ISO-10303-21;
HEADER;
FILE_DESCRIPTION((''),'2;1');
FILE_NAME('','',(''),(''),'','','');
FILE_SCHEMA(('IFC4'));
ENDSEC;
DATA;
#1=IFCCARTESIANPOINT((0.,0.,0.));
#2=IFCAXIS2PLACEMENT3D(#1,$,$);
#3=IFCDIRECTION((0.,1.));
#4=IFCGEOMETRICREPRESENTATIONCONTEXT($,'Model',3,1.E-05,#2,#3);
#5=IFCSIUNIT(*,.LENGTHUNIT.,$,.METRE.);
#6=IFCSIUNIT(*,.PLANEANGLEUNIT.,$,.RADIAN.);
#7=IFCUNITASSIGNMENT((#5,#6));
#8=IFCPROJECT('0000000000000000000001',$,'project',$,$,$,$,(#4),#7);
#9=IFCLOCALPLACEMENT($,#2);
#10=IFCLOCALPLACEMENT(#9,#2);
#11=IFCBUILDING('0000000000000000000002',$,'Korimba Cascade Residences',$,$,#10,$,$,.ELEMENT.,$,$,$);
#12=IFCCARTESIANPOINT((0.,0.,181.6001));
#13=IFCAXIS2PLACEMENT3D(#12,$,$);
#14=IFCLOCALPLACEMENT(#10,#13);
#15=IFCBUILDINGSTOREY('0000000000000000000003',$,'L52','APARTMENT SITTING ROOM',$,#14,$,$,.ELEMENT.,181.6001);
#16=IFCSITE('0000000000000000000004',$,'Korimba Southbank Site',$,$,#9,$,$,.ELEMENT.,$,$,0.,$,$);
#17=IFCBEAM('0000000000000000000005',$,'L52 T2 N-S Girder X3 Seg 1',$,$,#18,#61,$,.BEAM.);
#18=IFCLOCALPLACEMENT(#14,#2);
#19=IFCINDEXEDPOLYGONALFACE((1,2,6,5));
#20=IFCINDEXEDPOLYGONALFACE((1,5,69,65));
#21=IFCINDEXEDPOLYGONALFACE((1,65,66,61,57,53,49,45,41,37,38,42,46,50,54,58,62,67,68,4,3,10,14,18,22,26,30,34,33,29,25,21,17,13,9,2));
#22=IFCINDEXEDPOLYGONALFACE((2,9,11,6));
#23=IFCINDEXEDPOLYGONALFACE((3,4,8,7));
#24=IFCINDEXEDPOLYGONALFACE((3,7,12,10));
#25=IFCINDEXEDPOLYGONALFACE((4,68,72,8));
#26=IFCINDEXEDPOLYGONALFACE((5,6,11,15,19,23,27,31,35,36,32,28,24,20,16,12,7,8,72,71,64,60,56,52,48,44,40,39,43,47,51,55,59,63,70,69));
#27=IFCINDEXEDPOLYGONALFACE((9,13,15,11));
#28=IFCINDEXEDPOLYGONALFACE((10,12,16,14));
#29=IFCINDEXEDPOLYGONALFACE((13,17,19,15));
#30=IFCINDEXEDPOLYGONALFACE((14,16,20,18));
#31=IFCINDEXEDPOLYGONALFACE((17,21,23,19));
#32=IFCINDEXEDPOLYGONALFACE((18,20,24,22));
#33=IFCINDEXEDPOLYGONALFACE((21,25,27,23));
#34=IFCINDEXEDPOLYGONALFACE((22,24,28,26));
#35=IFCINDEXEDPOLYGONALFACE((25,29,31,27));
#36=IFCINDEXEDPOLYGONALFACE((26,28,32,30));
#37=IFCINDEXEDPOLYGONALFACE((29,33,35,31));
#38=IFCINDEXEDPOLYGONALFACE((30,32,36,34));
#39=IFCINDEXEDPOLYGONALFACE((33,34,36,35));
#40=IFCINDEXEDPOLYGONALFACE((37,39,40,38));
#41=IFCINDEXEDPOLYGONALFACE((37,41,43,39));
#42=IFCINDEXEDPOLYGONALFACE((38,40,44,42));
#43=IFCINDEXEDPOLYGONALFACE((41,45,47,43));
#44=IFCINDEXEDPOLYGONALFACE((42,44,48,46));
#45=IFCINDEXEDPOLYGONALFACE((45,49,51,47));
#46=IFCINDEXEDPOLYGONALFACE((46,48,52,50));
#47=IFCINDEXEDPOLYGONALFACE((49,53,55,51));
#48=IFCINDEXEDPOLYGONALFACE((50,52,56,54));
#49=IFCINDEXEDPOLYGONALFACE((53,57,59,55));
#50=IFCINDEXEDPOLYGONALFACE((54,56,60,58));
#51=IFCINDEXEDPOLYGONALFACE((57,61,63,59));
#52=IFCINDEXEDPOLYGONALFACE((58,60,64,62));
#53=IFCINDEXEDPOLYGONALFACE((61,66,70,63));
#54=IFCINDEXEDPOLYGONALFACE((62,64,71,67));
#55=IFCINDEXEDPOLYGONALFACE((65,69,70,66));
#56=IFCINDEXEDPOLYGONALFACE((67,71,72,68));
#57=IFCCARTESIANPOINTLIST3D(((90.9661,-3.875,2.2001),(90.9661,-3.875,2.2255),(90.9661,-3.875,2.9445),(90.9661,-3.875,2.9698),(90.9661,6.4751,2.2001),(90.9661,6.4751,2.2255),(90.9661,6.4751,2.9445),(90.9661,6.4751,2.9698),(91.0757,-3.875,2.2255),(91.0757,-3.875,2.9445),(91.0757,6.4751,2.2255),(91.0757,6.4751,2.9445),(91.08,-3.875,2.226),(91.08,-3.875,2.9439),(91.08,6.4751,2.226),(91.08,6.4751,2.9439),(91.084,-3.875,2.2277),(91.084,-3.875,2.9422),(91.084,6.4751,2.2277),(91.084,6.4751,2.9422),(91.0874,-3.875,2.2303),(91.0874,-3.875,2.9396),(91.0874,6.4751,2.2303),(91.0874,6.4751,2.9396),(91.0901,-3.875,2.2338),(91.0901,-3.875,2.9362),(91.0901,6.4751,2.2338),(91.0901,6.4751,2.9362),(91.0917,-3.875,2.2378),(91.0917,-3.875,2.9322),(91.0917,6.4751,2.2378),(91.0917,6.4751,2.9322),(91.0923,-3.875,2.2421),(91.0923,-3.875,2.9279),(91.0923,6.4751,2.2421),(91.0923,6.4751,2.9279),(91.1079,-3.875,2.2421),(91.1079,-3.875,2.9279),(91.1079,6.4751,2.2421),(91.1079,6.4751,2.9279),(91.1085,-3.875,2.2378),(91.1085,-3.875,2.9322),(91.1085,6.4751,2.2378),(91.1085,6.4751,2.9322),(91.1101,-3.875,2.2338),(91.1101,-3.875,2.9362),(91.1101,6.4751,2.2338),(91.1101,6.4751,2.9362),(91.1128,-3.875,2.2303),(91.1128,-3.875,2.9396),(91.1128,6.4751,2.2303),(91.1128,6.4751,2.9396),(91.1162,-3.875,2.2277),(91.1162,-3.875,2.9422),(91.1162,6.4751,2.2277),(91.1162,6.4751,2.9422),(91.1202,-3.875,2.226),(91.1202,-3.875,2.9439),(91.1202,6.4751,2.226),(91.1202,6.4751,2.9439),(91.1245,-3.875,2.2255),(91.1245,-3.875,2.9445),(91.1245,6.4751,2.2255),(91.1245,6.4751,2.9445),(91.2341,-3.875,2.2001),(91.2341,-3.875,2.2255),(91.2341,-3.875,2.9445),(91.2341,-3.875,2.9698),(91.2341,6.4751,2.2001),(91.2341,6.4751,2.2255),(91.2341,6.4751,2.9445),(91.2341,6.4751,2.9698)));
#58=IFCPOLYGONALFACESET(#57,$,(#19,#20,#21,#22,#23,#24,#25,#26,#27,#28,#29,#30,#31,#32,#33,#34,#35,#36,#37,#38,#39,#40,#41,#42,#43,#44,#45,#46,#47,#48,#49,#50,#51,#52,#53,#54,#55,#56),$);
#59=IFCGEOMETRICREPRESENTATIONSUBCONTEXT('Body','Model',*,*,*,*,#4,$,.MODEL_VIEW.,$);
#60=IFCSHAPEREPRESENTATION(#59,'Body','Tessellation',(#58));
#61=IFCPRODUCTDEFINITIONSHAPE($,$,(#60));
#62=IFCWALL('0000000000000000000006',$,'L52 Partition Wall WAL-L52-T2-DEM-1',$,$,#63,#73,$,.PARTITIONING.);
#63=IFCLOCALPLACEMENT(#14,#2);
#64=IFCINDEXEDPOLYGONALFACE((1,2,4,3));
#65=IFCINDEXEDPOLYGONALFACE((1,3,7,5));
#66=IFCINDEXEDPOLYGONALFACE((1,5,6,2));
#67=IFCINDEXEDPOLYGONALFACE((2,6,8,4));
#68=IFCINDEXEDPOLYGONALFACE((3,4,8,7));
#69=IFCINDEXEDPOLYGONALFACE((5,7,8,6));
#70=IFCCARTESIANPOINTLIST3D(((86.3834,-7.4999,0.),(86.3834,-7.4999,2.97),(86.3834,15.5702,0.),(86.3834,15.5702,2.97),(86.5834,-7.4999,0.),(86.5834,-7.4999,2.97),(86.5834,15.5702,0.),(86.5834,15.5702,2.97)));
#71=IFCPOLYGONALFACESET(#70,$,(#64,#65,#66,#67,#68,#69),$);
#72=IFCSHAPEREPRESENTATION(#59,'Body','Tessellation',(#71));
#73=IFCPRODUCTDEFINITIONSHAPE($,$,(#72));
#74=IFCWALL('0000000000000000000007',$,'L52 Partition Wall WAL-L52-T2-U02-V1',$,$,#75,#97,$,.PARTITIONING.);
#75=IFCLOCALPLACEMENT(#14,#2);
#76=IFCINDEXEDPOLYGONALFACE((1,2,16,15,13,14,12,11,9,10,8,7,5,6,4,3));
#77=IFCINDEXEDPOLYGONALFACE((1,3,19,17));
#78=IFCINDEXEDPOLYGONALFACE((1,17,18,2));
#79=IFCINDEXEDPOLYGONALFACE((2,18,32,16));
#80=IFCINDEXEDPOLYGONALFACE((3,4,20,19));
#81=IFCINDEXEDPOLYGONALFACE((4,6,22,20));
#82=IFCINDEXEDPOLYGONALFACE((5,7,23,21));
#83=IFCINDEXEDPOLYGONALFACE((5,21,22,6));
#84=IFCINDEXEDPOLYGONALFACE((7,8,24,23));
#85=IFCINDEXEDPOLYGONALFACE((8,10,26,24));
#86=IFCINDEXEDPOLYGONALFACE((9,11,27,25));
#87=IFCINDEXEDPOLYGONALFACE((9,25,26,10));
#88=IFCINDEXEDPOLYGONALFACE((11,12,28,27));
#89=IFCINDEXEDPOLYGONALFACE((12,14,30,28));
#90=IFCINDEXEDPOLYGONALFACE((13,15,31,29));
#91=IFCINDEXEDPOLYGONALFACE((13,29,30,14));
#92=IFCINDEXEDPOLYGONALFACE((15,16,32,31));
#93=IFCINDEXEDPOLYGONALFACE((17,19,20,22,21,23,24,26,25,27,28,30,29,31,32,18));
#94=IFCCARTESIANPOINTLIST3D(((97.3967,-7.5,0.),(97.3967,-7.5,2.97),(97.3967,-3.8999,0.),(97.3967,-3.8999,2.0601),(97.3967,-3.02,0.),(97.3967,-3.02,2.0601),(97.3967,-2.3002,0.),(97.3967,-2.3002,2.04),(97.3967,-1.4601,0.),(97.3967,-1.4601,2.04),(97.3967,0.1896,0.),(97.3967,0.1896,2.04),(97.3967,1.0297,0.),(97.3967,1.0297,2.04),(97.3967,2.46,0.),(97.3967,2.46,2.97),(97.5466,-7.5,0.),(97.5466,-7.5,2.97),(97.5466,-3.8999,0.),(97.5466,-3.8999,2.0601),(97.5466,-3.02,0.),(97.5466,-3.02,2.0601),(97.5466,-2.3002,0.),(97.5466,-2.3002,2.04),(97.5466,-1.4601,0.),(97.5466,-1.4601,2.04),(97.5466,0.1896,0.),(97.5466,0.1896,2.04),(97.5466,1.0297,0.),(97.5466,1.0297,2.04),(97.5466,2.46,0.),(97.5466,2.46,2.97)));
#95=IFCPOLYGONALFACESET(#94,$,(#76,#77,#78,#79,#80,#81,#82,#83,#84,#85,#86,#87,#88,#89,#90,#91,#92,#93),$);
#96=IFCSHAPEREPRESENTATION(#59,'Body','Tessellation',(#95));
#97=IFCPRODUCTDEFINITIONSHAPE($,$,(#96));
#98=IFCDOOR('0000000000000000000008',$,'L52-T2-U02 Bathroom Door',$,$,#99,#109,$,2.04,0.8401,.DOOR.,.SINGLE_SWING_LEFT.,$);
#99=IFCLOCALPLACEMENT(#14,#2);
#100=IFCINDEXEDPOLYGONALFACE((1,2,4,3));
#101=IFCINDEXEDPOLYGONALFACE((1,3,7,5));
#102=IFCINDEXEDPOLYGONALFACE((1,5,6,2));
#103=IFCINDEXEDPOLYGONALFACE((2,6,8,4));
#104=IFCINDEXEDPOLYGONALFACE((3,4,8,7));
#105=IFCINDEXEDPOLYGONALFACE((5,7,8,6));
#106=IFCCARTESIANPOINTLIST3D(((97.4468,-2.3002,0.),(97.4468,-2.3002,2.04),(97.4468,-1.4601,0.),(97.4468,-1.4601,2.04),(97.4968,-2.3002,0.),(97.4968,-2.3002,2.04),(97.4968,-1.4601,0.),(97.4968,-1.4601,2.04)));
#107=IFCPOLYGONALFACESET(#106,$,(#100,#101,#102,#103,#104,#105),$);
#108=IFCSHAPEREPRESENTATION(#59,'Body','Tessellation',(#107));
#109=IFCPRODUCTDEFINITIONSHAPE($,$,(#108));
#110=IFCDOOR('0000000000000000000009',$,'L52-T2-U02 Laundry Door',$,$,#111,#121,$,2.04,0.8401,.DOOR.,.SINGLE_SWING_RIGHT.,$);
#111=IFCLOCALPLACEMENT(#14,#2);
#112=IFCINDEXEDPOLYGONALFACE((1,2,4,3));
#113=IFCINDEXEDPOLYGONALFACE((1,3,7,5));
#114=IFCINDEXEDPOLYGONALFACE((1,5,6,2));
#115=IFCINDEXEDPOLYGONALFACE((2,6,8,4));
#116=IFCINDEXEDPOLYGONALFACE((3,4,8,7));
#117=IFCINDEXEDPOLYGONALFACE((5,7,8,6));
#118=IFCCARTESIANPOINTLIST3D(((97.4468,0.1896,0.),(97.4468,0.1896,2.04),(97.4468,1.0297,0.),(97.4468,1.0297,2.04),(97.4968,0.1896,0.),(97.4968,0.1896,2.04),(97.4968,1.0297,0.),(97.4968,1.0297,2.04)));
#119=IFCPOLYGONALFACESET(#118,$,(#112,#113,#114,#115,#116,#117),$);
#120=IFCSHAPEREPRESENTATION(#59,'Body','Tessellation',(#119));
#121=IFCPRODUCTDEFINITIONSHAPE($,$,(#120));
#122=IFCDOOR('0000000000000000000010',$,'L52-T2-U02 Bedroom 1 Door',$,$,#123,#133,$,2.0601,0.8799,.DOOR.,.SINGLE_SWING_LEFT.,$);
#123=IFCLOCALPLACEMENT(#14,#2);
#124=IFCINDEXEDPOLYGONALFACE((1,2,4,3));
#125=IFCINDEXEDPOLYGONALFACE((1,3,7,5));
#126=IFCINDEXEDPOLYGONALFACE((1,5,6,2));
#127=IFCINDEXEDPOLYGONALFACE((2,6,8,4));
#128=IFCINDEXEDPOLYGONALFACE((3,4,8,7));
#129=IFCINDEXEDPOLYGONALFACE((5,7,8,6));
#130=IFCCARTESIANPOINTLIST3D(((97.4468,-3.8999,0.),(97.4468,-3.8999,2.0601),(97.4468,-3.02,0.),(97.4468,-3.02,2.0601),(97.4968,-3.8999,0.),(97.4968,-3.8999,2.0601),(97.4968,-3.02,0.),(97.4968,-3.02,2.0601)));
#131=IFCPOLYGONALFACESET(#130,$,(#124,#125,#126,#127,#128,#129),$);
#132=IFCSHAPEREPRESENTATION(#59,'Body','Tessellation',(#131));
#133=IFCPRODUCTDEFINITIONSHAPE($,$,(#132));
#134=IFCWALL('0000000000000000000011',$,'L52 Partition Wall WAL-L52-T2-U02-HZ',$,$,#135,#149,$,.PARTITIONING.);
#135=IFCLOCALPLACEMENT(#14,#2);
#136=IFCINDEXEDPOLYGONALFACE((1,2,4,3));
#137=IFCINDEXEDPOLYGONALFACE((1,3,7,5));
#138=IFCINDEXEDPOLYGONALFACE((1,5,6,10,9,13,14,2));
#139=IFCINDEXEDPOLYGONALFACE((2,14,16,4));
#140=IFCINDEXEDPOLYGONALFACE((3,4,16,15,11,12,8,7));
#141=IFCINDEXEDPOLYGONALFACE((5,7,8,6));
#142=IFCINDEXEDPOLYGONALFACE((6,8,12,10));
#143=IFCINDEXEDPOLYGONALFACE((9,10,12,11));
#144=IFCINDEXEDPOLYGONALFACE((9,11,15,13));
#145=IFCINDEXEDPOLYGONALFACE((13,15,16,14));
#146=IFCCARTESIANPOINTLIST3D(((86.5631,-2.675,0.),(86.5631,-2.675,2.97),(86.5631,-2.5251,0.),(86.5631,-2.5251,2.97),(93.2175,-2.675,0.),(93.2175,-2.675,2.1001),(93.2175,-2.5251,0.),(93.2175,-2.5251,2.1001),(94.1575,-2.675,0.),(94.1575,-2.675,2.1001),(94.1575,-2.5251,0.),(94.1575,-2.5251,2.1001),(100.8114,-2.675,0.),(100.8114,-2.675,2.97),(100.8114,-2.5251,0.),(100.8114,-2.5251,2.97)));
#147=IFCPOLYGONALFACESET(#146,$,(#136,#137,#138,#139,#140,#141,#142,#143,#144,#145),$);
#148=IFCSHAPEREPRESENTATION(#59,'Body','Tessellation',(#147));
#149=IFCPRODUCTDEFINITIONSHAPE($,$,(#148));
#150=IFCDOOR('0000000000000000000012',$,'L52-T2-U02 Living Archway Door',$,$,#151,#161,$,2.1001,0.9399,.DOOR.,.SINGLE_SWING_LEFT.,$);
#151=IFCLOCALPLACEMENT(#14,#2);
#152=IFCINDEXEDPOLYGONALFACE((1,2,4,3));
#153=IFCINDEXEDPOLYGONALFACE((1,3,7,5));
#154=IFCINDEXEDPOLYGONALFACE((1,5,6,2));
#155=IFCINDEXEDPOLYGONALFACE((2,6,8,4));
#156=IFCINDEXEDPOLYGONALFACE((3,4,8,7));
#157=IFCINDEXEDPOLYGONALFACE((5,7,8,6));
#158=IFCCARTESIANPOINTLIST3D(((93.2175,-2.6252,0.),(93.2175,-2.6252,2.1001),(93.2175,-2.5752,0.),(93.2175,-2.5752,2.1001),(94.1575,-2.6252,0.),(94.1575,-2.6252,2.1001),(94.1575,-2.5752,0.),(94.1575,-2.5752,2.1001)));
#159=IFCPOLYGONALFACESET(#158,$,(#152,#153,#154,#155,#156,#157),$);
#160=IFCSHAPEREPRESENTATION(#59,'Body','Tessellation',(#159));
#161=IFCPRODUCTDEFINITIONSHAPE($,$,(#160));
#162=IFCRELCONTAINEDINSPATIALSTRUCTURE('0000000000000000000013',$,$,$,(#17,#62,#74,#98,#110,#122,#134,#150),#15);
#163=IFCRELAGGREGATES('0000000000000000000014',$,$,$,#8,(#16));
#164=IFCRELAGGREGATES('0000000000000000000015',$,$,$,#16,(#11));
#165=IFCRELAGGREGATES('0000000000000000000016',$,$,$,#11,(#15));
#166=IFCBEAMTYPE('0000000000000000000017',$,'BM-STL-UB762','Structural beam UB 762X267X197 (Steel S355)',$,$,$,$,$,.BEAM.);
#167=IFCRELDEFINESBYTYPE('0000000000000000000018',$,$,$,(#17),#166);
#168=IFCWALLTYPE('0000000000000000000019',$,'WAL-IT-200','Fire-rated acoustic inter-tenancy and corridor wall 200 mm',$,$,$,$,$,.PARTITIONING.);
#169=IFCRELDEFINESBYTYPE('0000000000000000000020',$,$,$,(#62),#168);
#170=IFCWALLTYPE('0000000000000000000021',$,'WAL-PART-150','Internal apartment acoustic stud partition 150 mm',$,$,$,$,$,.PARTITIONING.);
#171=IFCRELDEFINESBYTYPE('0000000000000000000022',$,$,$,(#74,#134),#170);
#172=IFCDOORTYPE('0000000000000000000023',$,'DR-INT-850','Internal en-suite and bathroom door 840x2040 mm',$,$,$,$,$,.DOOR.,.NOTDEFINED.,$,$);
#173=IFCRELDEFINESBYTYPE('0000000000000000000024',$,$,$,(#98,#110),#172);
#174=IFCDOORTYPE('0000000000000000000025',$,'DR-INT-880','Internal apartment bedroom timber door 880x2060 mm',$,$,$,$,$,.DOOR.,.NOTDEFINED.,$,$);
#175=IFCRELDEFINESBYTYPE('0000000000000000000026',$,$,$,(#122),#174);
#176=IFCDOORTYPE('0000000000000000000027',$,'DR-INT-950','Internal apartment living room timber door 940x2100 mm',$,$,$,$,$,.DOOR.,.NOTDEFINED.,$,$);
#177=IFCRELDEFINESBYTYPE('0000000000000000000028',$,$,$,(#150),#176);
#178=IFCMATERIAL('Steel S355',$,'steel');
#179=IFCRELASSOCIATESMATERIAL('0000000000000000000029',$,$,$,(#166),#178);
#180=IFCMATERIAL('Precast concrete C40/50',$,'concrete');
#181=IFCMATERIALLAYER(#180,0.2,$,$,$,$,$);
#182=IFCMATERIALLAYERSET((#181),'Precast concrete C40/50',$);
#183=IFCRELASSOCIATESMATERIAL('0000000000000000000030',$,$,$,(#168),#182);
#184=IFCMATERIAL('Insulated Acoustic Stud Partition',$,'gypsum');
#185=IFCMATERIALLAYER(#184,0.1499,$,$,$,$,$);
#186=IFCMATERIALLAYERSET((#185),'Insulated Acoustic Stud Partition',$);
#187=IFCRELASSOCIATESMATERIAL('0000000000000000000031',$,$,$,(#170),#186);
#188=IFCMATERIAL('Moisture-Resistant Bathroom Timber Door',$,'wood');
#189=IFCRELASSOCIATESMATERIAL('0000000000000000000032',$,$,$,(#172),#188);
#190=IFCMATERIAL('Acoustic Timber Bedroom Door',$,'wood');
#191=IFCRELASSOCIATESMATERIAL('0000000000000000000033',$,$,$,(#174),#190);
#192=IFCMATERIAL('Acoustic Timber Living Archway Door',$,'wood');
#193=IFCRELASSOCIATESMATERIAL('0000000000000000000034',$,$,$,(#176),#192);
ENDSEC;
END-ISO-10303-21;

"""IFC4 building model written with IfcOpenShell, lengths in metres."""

from ifc_helpers import new_model, si_unit, direction, frame, frame_2d, origin, origin_2d, place, context, subcontext, project, spatial, rectangle, i_section, extrude, material, layer, layer_set, material_profile, profile_set, type_object, element, fill, save


model = new_model("IFC4")

# Units and contexts
model_context = context("Model", 3, precision=1e-05, world=origin(), true_north=direction((0.0, 1.0)))
body_context = subcontext(model_context, "Body", "Model", "MODEL_VIEW")
ifc_project = project(units=[si_unit("LENGTHUNIT", "METRE"), si_unit("PLANEANGLEUNIT", "RADIAN")], contexts=[model_context])

# Site, building, storey
site_placement = place(None, origin())
site = spatial("IfcSite", under=ifc_project, at=site_placement, Name="Korimba Southbank Site", CompositionType="ELEMENT", RefElevation=0.0)
building_placement = place(site_placement, origin())
building = spatial("IfcBuilding", under=site, at=building_placement, Name="Korimba Cascade Residences", CompositionType="ELEMENT")
storey_placement = place(building_placement, frame((0.0, 0.0, 181.6001)))
storey = spatial("IfcBuildingStorey", under=building, at=storey_placement, Name="L52", Description="APARTMENT SITTING ROOM", CompositionType="ELEMENT", Elevation=181.6001)

# Beam
ifc_material_1 = material(Name="Steel S355", Category="steel")
ifc_material_profile_1 = material_profile(ifc_material_1, i_section(OverallWidth=0.2681, OverallDepth=0.7698, WebThickness=0.0156, FlangeThickness=0.0254, FilletRadius=0.0166, at=origin_2d()), Name="Steel S355")
ifc_profile_set_1 = profile_set([ifc_material_profile_1], Name="Steel S355")
beam_type_1 = type_object("IfcBeamType", Name="BM-STL-UB762", Description="Structural beam UB 762X267X197 (Steel S355)", PredefinedType="BEAM", material=ifc_profile_set_1)
for number, where, z_axis, x_axis, name in (
    (1, (91.1001, -3.875, 2.585), (0.0, 1.0, 0.0), (-1.0, 0.0, 0.0), "L52 T2 N-S Girder X3 Seg 1"),
):
    element("IfcBeam", number, at=place(storey_placement, frame(where, z_axis=z_axis, x_axis=x_axis)), inside=storey, type_object=beam_type_1, Name=name, PredefinedType="BEAM", context=body_context, shape_type="SweptSolid", body=[
        extrude(i_section(OverallWidth=0.2681, OverallDepth=0.7698, WebThickness=0.0156, FlangeThickness=0.0254, FilletRadius=0.0166, at=origin_2d()), origin(), (0.0, 0.0, 1.0), 10.3501),
    ])

# Wall
ifc_material_2 = material(Name="Precast concrete C40/50", Category="concrete")
ifc_layer_1 = layer(ifc_material_2, 0.2)
ifc_layer_set_1 = layer_set([ifc_layer_1], Name="Precast concrete C40/50")
wall_type_1 = type_object("IfcWallType", Name="WAL-IT-200", Description="Fire-rated acoustic inter-tenancy and corridor wall 200 mm", PredefinedType="PARTITIONING", material=ifc_layer_set_1)
wall_1_placement = place(storey_placement, frame((86.4834, -7.5, 0.0), z_axis=(0.0, 0.0, 1.0), x_axis=(0.0, 1.0, 0.0)))
element("IfcWall", 2, at=wall_1_placement, inside=storey, type_object=wall_type_1, Name="L52 Partition Wall WAL-L52-T2-DEM-1", PredefinedType="PARTITIONING", context=body_context, shape_type="SweptSolid", body=[
    extrude(rectangle(XDim=23.0701, YDim=0.2, at=frame_2d((11.5352, 0.0))), origin(), (0.0, 0.0, 1.0), 2.97),
])

# Wall, openings, doors
ifc_material_3 = material(Name="Insulated Acoustic Stud Partition", Category="gypsum")
ifc_layer_2 = layer(ifc_material_3, 0.1499)
ifc_layer_set_2 = layer_set([ifc_layer_2], Name="Insulated Acoustic Stud Partition")
wall_type_2 = type_object("IfcWallType", Name="WAL-PART-150", Description="Internal apartment acoustic stud partition 150 mm", PredefinedType="PARTITIONING", material=ifc_layer_set_2)
wall_2_placement = place(storey_placement, frame((97.4717, -7.5, 0.0), z_axis=(0.0, 0.0, 1.0), x_axis=(0.0, 1.0, 0.0)))
wall_2 = element("IfcWall", 3, at=wall_2_placement, inside=storey, type_object=wall_type_2, Name="L52 Partition Wall WAL-L52-T2-U02-V1", PredefinedType="PARTITIONING", context=body_context, shape_type="SweptSolid", body=[
    extrude(rectangle(XDim=9.96, YDim=0.1499, at=frame_2d((4.98, 0.0))), origin(), (0.0, 0.0, 1.0), 2.97),
])
opening_1_placement = place(wall_2_placement, frame((5.2, 0.0, 0.0)))
opening_1 = element("IfcOpeningElement", 4, at=opening_1_placement, cuts=wall_2, PredefinedType="OPENING", context=body_context, shape_type="SweptSolid", body=[
    extrude(rectangle(XDim=0.8401, YDim=2.04, at=frame_2d((0.4199, 1.02))), frame((0.0, 0.085, 0.0), z_axis=(0.0, -1.0, 0.0), x_axis=(1.0, 0.0, 0.0)), (0.0, 0.0, 1.0), 0.1699),
])
opening_2_placement = place(wall_2_placement, frame((7.6897, 0.0, 0.0)))
opening_2 = element("IfcOpeningElement", 5, at=opening_2_placement, cuts=wall_2, PredefinedType="OPENING", context=body_context, shape_type="SweptSolid", body=[
    extrude(rectangle(XDim=0.8401, YDim=2.04, at=frame_2d((0.4199, 1.02))), frame((0.0, 0.085, 0.0), z_axis=(0.0, -1.0, 0.0), x_axis=(1.0, 0.0, 0.0)), (0.0, 0.0, 1.0), 0.1699),
])
opening_3_placement = place(wall_2_placement, frame((3.6001, 0.0, 0.0)))
opening_3 = element("IfcOpeningElement", 6, at=opening_3_placement, cuts=wall_2, PredefinedType="OPENING", context=body_context, shape_type="SweptSolid", body=[
    extrude(rectangle(XDim=0.8799, YDim=2.0601, at=frame_2d((0.4399, 1.03))), frame((0.0, 0.085, 0.0), z_axis=(0.0, -1.0, 0.0), x_axis=(1.0, 0.0, 0.0)), (0.0, 0.0, 1.0), 0.1699),
])
ifc_material_4 = material(Name="Moisture-Resistant Bathroom Timber Door", Category="wood")
door_type_1 = type_object("IfcDoorType", Name="DR-INT-850", Description="Internal en-suite and bathroom door 840x2040 mm", OperationType="NOTDEFINED", PredefinedType="DOOR", material=ifc_material_4)
door_1_placement = place(opening_1_placement, origin())
door_1 = element("IfcDoor", 7, at=door_1_placement, inside=storey, type_object=door_type_1, Name="L52-T2-U02 Bathroom Door", OperationType="SINGLE_SWING_LEFT", OverallHeight=2.04, OverallWidth=0.8401, PredefinedType="DOOR", context=body_context, shape_type="SweptSolid", body=[
    extrude(rectangle(XDim=0.8401, YDim=2.04, at=frame_2d((0.4199, 1.02))), frame((0.0, 0.0249, 0.0), z_axis=(0.0, -1.0, 0.0), x_axis=(1.0, 0.0, 0.0)), (0.0, 0.0, 1.0), 0.05),
])
fill(opening_1, door_1)
door_2_placement = place(opening_2_placement, origin())
door_2 = element("IfcDoor", 8, at=door_2_placement, inside=storey, type_object=door_type_1, Name="L52-T2-U02 Laundry Door", OperationType="SINGLE_SWING_RIGHT", OverallHeight=2.04, OverallWidth=0.8401, PredefinedType="DOOR", context=body_context, shape_type="SweptSolid", body=[
    extrude(rectangle(XDim=0.8401, YDim=2.04, at=frame_2d((0.4199, 1.02))), frame((0.0, 0.0249, 0.0), z_axis=(0.0, -1.0, 0.0), x_axis=(1.0, 0.0, 0.0)), (0.0, 0.0, 1.0), 0.05),
])
fill(opening_2, door_2)
ifc_material_5 = material(Name="Acoustic Timber Bedroom Door", Category="wood")
door_type_2 = type_object("IfcDoorType", Name="DR-INT-880", Description="Internal apartment bedroom timber door 880x2060 mm", OperationType="NOTDEFINED", PredefinedType="DOOR", material=ifc_material_5)
door_3_placement = place(opening_3_placement, origin())
door_3 = element("IfcDoor", 9, at=door_3_placement, inside=storey, type_object=door_type_2, Name="L52-T2-U02 Bedroom 1 Door", OperationType="SINGLE_SWING_LEFT", OverallHeight=2.0601, OverallWidth=0.8799, PredefinedType="DOOR", context=body_context, shape_type="SweptSolid", body=[
    extrude(rectangle(XDim=0.8799, YDim=2.0601, at=frame_2d((0.4399, 1.03))), frame((0.0, 0.0249, 0.0), z_axis=(0.0, -1.0, 0.0), x_axis=(1.0, 0.0, 0.0)), (0.0, 0.0, 1.0), 0.05),
])
fill(opening_3, door_3)

# Wall, opening, door
wall_3_placement = place(storey_placement, frame((86.5632, -2.6001, 0.0), z_axis=(0.0, 0.0, 1.0), x_axis=(1.0, 0.0, 0.0)))
wall_3 = element("IfcWall", 10, at=wall_3_placement, inside=storey, type_object=wall_type_2, Name="L52 Partition Wall WAL-L52-T2-U02-HZ", PredefinedType="PARTITIONING", context=body_context, shape_type="SweptSolid", body=[
    extrude(rectangle(XDim=14.2483, YDim=0.1499, at=frame_2d((7.124, 0.0))), origin(), (0.0, 0.0, 1.0), 2.97),
])
opening_4_placement = place(wall_3_placement, frame((6.6543, 0.0, 0.0)))
opening_4 = element("IfcOpeningElement", 11, at=opening_4_placement, cuts=wall_3, PredefinedType="OPENING", context=body_context, shape_type="SweptSolid", body=[
    extrude(rectangle(XDim=0.9399, YDim=2.1001, at=frame_2d((0.47, 1.05))), frame((0.0, 0.085, 0.0), z_axis=(0.0, -1.0, 0.0), x_axis=(1.0, 0.0, 0.0)), (0.0, 0.0, 1.0), 0.1699),
])
ifc_material_6 = material(Name="Acoustic Timber Living Archway Door", Category="wood")
door_type_3 = type_object("IfcDoorType", Name="DR-INT-950", Description="Internal apartment living room timber door 940x2100 mm", OperationType="NOTDEFINED", PredefinedType="DOOR", material=ifc_material_6)
door_4_placement = place(opening_4_placement, origin())
door_4 = element("IfcDoor", 12, at=door_4_placement, inside=storey, type_object=door_type_3, Name="L52-T2-U02 Living Archway Door", OperationType="SINGLE_SWING_LEFT", OverallHeight=2.1001, OverallWidth=0.9399, PredefinedType="DOOR", context=body_context, shape_type="SweptSolid", body=[
    extrude(rectangle(XDim=0.9399, YDim=2.1001, at=frame_2d((0.47, 1.05))), frame((0.0, 0.0249, 0.0), z_axis=(0.0, -1.0, 0.0), x_axis=(1.0, 0.0, 0.0)), (0.0, 0.0, 1.0), 0.05),
])
fill(opening_4, door_4)

save(model, "model.ifc")
